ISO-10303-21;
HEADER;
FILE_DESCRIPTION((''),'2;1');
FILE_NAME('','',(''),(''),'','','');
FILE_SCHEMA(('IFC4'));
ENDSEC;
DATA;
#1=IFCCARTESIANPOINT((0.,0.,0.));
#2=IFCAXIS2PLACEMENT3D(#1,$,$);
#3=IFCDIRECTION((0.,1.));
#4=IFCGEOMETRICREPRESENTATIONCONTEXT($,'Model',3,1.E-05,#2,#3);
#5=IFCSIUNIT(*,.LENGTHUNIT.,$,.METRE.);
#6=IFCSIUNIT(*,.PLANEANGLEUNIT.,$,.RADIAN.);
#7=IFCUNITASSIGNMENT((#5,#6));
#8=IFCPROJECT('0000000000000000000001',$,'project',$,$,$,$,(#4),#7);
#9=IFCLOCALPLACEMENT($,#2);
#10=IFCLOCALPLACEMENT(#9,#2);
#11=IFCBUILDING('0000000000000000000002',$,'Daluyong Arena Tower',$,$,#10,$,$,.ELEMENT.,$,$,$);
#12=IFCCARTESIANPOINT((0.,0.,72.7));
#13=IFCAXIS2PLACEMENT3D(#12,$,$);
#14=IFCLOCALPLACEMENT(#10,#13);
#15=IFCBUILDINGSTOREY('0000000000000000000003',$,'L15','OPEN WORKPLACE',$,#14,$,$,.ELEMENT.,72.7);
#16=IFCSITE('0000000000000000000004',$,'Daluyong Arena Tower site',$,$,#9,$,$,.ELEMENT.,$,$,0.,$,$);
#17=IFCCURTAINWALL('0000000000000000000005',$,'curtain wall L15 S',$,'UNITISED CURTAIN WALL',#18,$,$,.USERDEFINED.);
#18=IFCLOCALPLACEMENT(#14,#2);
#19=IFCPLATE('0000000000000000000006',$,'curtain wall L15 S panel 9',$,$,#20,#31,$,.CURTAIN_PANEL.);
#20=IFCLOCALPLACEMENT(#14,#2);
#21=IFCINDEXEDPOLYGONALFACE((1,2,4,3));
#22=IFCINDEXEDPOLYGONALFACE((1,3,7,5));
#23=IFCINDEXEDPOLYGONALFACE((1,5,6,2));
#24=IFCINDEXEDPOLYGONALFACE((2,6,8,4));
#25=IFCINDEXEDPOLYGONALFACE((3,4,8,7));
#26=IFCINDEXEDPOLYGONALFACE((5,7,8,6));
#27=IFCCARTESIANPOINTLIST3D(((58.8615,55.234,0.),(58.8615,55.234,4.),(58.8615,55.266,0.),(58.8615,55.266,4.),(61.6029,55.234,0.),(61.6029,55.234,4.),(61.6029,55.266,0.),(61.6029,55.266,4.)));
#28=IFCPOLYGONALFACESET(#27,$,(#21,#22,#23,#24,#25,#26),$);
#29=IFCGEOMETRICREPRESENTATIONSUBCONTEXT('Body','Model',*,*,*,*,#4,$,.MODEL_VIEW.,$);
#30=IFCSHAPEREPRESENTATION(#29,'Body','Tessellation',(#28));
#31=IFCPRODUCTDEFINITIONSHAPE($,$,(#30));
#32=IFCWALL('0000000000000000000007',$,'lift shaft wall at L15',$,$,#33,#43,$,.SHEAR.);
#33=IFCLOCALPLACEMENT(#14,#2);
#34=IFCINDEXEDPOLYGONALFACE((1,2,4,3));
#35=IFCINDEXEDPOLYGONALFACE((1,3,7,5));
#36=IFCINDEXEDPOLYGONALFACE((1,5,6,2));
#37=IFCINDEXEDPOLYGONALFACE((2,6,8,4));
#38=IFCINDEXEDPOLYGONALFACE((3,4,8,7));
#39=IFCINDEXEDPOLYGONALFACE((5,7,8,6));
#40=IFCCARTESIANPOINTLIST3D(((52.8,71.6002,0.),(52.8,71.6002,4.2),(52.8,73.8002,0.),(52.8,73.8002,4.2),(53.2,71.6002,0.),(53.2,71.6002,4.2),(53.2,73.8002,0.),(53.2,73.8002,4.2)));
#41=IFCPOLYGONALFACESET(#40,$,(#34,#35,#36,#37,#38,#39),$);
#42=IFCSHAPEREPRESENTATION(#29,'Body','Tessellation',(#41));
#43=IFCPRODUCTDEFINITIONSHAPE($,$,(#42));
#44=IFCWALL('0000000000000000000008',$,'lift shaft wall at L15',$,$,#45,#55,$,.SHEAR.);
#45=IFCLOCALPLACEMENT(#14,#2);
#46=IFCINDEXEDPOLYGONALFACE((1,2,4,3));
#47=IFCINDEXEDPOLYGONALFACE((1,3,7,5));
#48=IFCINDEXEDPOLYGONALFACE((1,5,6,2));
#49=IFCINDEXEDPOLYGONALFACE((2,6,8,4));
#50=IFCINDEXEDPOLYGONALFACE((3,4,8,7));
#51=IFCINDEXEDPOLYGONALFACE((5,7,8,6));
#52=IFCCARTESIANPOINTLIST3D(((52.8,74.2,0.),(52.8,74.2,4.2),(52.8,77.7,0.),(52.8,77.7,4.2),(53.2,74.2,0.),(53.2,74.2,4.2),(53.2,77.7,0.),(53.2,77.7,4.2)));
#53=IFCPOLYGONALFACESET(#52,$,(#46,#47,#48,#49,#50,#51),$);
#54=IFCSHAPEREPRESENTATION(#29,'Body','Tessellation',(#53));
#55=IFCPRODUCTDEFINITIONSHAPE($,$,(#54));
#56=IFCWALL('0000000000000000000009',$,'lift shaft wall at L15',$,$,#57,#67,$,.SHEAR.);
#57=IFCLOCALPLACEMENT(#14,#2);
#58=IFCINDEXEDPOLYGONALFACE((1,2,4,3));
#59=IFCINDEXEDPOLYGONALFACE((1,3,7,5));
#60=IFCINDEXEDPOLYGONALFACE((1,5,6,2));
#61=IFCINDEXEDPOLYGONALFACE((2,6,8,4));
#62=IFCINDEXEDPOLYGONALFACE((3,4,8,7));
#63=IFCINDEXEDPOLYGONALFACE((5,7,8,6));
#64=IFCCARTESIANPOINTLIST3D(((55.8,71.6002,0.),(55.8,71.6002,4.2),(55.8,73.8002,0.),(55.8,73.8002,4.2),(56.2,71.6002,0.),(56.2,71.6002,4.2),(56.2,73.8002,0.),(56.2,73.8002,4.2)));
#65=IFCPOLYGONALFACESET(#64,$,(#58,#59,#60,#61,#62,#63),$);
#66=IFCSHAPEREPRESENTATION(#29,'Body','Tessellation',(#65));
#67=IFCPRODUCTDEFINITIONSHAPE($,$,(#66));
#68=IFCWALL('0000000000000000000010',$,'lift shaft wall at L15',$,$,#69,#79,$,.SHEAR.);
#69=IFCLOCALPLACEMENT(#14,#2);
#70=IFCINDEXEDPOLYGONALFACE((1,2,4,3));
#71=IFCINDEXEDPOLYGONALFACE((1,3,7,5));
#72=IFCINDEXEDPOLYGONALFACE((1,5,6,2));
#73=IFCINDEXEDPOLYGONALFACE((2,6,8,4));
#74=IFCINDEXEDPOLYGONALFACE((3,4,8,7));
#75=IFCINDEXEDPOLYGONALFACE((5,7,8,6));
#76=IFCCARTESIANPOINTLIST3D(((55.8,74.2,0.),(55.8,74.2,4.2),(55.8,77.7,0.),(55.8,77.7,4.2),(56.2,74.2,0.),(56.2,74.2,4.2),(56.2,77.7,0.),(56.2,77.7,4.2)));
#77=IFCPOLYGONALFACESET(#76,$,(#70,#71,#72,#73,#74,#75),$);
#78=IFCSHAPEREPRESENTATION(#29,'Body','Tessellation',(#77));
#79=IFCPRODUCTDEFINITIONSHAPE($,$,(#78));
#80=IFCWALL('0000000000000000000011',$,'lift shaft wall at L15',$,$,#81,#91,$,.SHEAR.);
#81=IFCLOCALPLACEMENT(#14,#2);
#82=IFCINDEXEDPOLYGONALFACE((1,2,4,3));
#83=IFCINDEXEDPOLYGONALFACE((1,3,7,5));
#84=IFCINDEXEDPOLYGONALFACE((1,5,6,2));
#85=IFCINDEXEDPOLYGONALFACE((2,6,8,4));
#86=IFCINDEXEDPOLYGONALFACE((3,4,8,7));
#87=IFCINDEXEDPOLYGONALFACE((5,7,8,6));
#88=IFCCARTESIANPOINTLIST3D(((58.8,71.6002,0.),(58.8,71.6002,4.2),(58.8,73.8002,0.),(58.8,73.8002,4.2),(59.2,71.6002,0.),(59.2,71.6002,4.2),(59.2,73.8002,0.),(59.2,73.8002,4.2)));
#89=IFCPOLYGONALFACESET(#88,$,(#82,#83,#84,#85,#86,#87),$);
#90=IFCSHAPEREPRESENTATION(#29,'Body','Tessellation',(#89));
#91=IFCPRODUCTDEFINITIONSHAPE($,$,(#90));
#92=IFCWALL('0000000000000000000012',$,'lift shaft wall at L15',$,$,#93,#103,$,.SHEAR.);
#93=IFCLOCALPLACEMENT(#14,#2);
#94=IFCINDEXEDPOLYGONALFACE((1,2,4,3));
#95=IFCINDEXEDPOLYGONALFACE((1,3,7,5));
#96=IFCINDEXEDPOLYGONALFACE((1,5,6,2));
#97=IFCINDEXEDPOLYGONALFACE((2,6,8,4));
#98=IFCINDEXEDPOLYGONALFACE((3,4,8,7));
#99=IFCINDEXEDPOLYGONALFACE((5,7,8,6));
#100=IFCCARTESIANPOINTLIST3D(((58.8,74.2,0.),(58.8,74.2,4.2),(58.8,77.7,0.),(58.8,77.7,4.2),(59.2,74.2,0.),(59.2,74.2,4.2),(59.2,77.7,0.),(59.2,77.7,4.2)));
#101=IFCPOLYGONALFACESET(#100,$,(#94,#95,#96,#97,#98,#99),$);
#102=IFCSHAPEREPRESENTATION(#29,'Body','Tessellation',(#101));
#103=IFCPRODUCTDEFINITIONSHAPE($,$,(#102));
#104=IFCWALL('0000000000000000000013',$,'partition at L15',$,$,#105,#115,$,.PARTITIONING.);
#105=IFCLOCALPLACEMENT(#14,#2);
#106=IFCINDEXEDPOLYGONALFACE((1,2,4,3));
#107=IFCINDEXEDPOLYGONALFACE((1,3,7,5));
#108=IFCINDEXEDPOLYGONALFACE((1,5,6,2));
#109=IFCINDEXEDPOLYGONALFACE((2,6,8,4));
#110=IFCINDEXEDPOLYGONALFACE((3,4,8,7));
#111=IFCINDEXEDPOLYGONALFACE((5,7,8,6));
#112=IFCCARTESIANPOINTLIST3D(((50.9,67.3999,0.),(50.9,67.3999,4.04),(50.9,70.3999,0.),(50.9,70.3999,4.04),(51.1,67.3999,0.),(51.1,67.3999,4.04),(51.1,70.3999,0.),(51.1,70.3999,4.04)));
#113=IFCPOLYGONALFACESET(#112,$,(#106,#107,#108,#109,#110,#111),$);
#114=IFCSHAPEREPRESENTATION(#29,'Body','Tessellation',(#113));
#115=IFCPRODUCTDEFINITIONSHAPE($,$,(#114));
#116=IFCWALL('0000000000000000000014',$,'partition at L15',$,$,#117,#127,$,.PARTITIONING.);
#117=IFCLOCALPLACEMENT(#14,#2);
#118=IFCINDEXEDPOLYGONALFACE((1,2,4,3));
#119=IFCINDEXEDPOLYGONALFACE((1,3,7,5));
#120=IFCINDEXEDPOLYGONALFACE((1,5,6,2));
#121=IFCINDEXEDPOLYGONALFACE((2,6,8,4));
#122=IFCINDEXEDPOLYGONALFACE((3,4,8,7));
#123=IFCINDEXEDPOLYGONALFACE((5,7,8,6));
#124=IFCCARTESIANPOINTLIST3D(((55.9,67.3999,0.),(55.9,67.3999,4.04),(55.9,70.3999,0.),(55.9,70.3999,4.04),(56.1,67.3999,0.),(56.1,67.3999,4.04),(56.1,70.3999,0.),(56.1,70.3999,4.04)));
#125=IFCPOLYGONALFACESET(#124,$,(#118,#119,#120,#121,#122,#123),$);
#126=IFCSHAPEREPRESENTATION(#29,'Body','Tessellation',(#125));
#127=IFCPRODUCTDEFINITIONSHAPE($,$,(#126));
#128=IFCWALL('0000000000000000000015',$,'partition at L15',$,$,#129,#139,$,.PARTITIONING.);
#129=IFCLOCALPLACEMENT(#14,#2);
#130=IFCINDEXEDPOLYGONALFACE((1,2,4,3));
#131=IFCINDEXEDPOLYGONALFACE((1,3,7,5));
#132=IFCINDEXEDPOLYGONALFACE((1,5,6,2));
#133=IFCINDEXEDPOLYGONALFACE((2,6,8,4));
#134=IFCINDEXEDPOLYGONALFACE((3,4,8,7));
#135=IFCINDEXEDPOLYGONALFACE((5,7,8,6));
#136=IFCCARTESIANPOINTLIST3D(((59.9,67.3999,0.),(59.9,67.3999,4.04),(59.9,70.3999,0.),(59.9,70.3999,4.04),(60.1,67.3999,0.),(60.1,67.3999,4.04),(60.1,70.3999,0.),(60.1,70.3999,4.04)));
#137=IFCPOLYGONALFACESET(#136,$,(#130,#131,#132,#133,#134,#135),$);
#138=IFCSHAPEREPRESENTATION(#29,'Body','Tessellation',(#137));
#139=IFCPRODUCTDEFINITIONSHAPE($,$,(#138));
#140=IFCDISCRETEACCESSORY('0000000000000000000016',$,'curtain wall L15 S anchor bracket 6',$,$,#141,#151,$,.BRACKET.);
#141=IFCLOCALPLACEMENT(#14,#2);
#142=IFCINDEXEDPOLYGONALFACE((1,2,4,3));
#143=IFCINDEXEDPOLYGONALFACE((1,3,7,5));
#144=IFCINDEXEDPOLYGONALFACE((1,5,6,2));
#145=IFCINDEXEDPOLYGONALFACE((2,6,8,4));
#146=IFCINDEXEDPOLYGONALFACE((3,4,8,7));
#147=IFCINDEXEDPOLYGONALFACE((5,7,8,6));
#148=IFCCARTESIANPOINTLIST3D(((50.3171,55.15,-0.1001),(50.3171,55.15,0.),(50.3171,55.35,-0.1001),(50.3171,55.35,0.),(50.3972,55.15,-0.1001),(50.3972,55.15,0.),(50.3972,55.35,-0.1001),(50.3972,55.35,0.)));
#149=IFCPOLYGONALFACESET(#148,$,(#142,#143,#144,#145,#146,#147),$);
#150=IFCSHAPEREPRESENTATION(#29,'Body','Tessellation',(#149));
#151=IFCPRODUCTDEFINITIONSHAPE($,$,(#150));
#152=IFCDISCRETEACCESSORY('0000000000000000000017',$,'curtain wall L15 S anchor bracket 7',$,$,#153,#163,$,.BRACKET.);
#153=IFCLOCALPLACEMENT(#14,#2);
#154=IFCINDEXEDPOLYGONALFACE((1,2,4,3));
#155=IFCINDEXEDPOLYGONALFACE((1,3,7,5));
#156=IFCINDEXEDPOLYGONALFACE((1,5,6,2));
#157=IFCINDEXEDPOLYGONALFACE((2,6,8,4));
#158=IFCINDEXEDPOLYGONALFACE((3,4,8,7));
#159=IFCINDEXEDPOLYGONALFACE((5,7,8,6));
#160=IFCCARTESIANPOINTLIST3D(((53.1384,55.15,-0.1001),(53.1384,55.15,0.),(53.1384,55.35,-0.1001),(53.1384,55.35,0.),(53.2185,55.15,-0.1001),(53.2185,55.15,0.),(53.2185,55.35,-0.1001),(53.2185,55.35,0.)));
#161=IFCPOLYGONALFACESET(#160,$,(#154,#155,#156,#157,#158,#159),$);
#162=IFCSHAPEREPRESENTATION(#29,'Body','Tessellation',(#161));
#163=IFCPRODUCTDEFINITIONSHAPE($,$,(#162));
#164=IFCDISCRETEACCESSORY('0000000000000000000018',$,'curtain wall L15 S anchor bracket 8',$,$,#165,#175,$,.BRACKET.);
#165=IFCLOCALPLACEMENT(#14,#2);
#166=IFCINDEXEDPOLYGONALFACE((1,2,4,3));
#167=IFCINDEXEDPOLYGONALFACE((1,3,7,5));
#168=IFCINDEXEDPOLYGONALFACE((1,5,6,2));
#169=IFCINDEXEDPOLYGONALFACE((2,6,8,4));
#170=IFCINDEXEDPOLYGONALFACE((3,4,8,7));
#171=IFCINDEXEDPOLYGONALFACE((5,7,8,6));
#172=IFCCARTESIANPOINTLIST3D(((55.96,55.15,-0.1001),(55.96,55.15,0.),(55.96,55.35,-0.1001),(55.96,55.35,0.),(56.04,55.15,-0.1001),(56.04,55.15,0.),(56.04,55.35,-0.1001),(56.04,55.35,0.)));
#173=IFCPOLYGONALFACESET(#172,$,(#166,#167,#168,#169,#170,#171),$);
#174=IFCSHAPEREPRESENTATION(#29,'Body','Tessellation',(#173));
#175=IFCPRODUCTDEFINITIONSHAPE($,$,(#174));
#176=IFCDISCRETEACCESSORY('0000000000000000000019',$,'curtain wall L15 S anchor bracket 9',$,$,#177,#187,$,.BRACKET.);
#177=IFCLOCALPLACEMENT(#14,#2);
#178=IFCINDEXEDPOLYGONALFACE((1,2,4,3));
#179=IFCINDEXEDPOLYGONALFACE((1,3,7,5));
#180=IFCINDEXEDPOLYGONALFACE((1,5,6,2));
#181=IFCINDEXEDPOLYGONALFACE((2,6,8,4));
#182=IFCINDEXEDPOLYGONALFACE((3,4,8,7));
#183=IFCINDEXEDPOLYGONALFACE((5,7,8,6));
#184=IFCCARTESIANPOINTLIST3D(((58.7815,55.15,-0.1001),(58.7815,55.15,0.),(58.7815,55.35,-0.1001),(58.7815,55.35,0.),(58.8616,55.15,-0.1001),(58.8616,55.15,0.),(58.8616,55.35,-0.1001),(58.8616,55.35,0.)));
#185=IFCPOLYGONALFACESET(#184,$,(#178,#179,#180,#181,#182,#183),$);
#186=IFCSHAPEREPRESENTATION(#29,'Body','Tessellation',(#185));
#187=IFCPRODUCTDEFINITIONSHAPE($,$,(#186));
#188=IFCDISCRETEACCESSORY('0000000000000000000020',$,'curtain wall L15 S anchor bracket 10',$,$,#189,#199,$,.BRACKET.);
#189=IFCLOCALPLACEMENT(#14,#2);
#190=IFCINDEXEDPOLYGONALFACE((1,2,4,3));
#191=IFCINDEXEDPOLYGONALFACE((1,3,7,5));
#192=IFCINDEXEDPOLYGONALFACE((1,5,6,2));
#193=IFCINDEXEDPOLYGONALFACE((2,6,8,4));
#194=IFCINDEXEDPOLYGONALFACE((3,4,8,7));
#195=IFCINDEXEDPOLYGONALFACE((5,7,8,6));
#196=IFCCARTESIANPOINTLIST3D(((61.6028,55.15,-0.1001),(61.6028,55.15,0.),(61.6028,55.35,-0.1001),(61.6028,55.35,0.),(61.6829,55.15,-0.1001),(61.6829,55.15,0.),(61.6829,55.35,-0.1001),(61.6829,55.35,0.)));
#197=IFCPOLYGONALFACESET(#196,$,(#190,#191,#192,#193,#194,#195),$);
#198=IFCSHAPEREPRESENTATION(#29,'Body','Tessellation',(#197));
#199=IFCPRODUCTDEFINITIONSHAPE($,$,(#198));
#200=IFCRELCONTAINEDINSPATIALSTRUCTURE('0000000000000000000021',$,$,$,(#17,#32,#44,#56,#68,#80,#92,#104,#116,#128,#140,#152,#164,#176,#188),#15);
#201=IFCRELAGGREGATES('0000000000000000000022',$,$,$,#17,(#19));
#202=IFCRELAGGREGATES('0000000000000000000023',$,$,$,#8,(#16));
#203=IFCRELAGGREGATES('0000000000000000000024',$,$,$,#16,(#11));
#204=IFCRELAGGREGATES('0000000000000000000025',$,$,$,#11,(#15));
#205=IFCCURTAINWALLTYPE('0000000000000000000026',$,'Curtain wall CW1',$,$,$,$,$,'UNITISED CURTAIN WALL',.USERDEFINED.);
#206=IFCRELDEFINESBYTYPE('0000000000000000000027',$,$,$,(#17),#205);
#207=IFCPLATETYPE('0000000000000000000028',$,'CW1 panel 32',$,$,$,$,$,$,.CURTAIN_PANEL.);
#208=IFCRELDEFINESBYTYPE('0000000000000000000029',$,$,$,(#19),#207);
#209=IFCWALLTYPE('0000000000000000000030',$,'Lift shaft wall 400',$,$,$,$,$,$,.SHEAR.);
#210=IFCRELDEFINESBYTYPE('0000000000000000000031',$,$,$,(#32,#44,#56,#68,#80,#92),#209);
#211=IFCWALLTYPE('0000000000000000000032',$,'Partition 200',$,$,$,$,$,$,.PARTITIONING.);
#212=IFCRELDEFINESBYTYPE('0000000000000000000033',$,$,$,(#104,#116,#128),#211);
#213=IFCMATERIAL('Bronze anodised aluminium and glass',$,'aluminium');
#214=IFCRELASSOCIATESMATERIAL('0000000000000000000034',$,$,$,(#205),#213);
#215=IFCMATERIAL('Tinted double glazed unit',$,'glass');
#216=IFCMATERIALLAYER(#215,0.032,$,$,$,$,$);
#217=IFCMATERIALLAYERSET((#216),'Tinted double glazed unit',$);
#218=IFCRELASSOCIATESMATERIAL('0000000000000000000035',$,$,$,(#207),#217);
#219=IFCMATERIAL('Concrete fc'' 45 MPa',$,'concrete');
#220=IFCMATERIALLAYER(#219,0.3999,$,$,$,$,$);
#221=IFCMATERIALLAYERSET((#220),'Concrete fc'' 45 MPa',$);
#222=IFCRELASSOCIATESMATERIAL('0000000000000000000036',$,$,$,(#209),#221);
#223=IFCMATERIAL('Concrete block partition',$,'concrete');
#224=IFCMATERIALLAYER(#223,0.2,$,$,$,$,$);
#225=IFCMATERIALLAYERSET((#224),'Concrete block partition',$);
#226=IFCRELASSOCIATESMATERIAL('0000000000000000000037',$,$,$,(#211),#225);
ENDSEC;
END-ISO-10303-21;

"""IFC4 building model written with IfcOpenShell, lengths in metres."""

from ifc_helpers import new_model, si_unit, direction, frame, frame_2d, origin, origin_2d, place, context, subcontext, project, spatial, rectangle, extrude, material, layer, layer_set, type_object, element, aggregate, save


model = new_model("IFC4")

# Units and contexts
model_context = context("Model", 3, precision=1e-05, world=origin(), true_north=direction((0.0, 1.0)))
body_context = subcontext(model_context, "Body", "Model", "MODEL_VIEW")
ifc_project = project(units=[si_unit("LENGTHUNIT", "METRE"), si_unit("PLANEANGLEUNIT", "RADIAN")], contexts=[model_context])

# Site, building, storey
site_placement = place(None, origin())
site = spatial("IfcSite", under=ifc_project, at=site_placement, Name="Daluyong Arena Tower site", CompositionType="ELEMENT", RefElevation=0.0)
building_placement = place(site_placement, origin())
building = spatial("IfcBuilding", under=site, at=building_placement, Name="Daluyong Arena Tower", CompositionType="ELEMENT")
storey_placement = place(building_placement, frame((0.0, 0.0, 72.7)))
storey = spatial("IfcBuildingStorey", under=building, at=storey_placement, Name="L15", Description="OPEN WORKPLACE", CompositionType="ELEMENT", Elevation=72.7)

# Curtain wall
ifc_material_1 = material(Name="Bronze anodised aluminium and glass", Category="aluminium")
curtain_wall_type = type_object("IfcCurtainWallType", Name="Curtain wall CW1", ElementType="UNITISED CURTAIN WALL", PredefinedType="USERDEFINED", material=ifc_material_1)
curtain_wall_placement = place(storey_placement, origin())
curtain_wall = element("IfcCurtainWall", 1, at=curtain_wall_placement, inside=storey, type_object=curtain_wall_type, Name="curtain wall L15 S", ObjectType="UNITISED CURTAIN WALL", PredefinedType="USERDEFINED")

# Plate
ifc_material_2 = material(Name="Tinted double glazed unit", Category="glass")
ifc_layer_1 = layer(ifc_material_2, 0.032)
ifc_layer_set_1 = layer_set([ifc_layer_1], Name="Tinted double glazed unit")
plate_type = type_object("IfcPlateType", Name="CW1 panel 32", PredefinedType="CURTAIN_PANEL", material=ifc_layer_set_1)
plate_1_placement = place(storey_placement, frame((60.2322, 55.25, 0.0), z_axis=(0.0, 0.0, 1.0), x_axis=(1.0, 0.0, 0.0)))
plate_1 = element("IfcPlate", 2, at=plate_1_placement, type_object=plate_type, Name="curtain wall L15 S panel 9", PredefinedType="CURTAIN_PANEL", context=body_context, shape_type="SweptSolid", body=[
    extrude(rectangle(XDim=2.7415, YDim=0.032, at=origin_2d()), origin(), (0.0, 0.0, 1.0), 4.0),
])
aggregate(curtain_wall, [plate_1])

# Walls
ifc_material_3 = material(Name="Concrete fc' 45 MPa", Category="concrete")
ifc_layer_2 = layer(ifc_material_3, 0.3999)
ifc_layer_set_2 = layer_set([ifc_layer_2], Name="Concrete fc' 45 MPa")
wall_type_1 = type_object("IfcWallType", Name="Lift shaft wall 400", PredefinedType="SHEAR", material=ifc_layer_set_2)
wall_1_placement = place(storey_placement, frame((53.0, 71.6001, 0.0), z_axis=(0.0, 0.0, 1.0), x_axis=(0.0, 1.0, 0.0)))
element("IfcWall", 3, at=wall_1_placement, inside=storey, type_object=wall_type_1, Name="lift shaft wall at L15", PredefinedType="SHEAR", context=body_context, shape_type="SweptSolid", body=[
    extrude(rectangle(XDim=2.2, YDim=0.3999, at=frame_2d((1.1001, 0.0))), origin(), (0.0, 0.0, 1.0), 4.2),
])
wall_2_placement = place(storey_placement, frame((53.0, 74.2, 0.0), z_axis=(0.0, 0.0, 1.0), x_axis=(0.0, 1.0, 0.0)))
element("IfcWall", 4, at=wall_2_placement, inside=storey, type_object=wall_type_1, Name="lift shaft wall at L15", PredefinedType="SHEAR", context=body_context, shape_type="SweptSolid", body=[
    extrude(rectangle(XDim=3.5, YDim=0.3999, at=frame_2d((1.75, 0.0))), origin(), (0.0, 0.0, 1.0), 4.2),
])
wall_3_placement = place(storey_placement, frame((56.0, 71.6001, 0.0), z_axis=(0.0, 0.0, 1.0), x_axis=(0.0, 1.0, 0.0)))
element("IfcWall", 5, at=wall_3_placement, inside=storey, type_object=wall_type_1, Name="lift shaft wall at L15", PredefinedType="SHEAR", context=body_context, shape_type="SweptSolid", body=[
    extrude(rectangle(XDim=2.2, YDim=0.3999, at=frame_2d((1.1001, 0.0))), origin(), (0.0, 0.0, 1.0), 4.2),
])
wall_4_placement = place(storey_placement, frame((56.0, 74.2, 0.0), z_axis=(0.0, 0.0, 1.0), x_axis=(0.0, 1.0, 0.0)))
element("IfcWall", 6, at=wall_4_placement, inside=storey, type_object=wall_type_1, Name="lift shaft wall at L15", PredefinedType="SHEAR", context=body_context, shape_type="SweptSolid", body=[
    extrude(rectangle(XDim=3.5, YDim=0.3999, at=frame_2d((1.75, 0.0))), origin(), (0.0, 0.0, 1.0), 4.2),
])
wall_5_placement = place(storey_placement, frame((59.0, 71.6001, 0.0), z_axis=(0.0, 0.0, 1.0), x_axis=(0.0, 1.0, 0.0)))
element("IfcWall", 7, at=wall_5_placement, inside=storey, type_object=wall_type_1, Name="lift shaft wall at L15", PredefinedType="SHEAR", context=body_context, shape_type="SweptSolid", body=[
    extrude(rectangle(XDim=2.2, YDim=0.3999, at=frame_2d((1.1001, 0.0))), origin(), (0.0, 0.0, 1.0), 4.2),
])
wall_6_placement = place(storey_placement, frame((59.0, 74.2, 0.0), z_axis=(0.0, 0.0, 1.0), x_axis=(0.0, 1.0, 0.0)))
element("IfcWall", 8, at=wall_6_placement, inside=storey, type_object=wall_type_1, Name="lift shaft wall at L15", PredefinedType="SHEAR", context=body_context, shape_type="SweptSolid", body=[
    extrude(rectangle(XDim=3.5, YDim=0.3999, at=frame_2d((1.75, 0.0))), origin(), (0.0, 0.0, 1.0), 4.2),
])
ifc_material_4 = material(Name="Concrete block partition", Category="concrete")
ifc_layer_3 = layer(ifc_material_4, 0.2)
ifc_layer_set_3 = layer_set([ifc_layer_3], Name="Concrete block partition")
wall_type_2 = type_object("IfcWallType", Name="Partition 200", PredefinedType="PARTITIONING", material=ifc_layer_set_3)
for number, where, z_axis, x_axis, name in (
    (9, (51.0, 67.3999, 0.0), (0.0, 0.0, 1.0), (0.0, 1.0, 0.0), "partition at L15"),
    (10, (56.0, 67.3999, 0.0), (0.0, 0.0, 1.0), (0.0, 1.0, 0.0), "partition at L15"),
    (11, (60.0, 67.3999, 0.0), (0.0, 0.0, 1.0), (0.0, 1.0, 0.0), "partition at L15"),
):
    element("IfcWall", number, at=place(storey_placement, frame(where, z_axis=z_axis, x_axis=x_axis)), inside=storey, type_object=wall_type_2, Name=name, PredefinedType="PARTITIONING", context=body_context, shape_type="SweptSolid", body=[
        extrude(rectangle(XDim=3.0, YDim=0.2, at=frame_2d((1.5, 0.0))), origin(), (0.0, 0.0, 1.0), 4.04),
    ])

# Discrete accessories
for number, where, z_axis, x_axis, name in (
    (12, (50.3572, 55.25, -0.1001), (0.0, 0.0, 1.0), (1.0, 0.0, 0.0), "curtain wall L15 S anchor bracket 6"),
    (13, (53.1785, 55.25, -0.1001), (0.0, 0.0, 1.0), (1.0, 0.0, 0.0), "curtain wall L15 S anchor bracket 7"),
    (14, (56.0, 55.25, -0.1001), (0.0, 0.0, 1.0), (1.0, 0.0, 0.0), "curtain wall L15 S anchor bracket 8"),
    (15, (58.8215, 55.25, -0.1001), (0.0, 0.0, 1.0), (1.0, 0.0, 0.0), "curtain wall L15 S anchor bracket 9"),
    (16, (61.6428, 55.25, -0.1001), (0.0, 0.0, 1.0), (1.0, 0.0, 0.0), "curtain wall L15 S anchor bracket 10"),
):
    element("IfcDiscreteAccessory", number, at=place(storey_placement, frame(where, z_axis=z_axis, x_axis=x_axis)), inside=storey, Name=name, PredefinedType="BRACKET", context=body_context, shape_type="SweptSolid", body=[
        extrude(rectangle(XDim=0.0801, YDim=0.2, at=origin_2d()), origin(), (0.0, 0.0, 1.0), 0.1001),
    ])

save(model, "model.ifc")
